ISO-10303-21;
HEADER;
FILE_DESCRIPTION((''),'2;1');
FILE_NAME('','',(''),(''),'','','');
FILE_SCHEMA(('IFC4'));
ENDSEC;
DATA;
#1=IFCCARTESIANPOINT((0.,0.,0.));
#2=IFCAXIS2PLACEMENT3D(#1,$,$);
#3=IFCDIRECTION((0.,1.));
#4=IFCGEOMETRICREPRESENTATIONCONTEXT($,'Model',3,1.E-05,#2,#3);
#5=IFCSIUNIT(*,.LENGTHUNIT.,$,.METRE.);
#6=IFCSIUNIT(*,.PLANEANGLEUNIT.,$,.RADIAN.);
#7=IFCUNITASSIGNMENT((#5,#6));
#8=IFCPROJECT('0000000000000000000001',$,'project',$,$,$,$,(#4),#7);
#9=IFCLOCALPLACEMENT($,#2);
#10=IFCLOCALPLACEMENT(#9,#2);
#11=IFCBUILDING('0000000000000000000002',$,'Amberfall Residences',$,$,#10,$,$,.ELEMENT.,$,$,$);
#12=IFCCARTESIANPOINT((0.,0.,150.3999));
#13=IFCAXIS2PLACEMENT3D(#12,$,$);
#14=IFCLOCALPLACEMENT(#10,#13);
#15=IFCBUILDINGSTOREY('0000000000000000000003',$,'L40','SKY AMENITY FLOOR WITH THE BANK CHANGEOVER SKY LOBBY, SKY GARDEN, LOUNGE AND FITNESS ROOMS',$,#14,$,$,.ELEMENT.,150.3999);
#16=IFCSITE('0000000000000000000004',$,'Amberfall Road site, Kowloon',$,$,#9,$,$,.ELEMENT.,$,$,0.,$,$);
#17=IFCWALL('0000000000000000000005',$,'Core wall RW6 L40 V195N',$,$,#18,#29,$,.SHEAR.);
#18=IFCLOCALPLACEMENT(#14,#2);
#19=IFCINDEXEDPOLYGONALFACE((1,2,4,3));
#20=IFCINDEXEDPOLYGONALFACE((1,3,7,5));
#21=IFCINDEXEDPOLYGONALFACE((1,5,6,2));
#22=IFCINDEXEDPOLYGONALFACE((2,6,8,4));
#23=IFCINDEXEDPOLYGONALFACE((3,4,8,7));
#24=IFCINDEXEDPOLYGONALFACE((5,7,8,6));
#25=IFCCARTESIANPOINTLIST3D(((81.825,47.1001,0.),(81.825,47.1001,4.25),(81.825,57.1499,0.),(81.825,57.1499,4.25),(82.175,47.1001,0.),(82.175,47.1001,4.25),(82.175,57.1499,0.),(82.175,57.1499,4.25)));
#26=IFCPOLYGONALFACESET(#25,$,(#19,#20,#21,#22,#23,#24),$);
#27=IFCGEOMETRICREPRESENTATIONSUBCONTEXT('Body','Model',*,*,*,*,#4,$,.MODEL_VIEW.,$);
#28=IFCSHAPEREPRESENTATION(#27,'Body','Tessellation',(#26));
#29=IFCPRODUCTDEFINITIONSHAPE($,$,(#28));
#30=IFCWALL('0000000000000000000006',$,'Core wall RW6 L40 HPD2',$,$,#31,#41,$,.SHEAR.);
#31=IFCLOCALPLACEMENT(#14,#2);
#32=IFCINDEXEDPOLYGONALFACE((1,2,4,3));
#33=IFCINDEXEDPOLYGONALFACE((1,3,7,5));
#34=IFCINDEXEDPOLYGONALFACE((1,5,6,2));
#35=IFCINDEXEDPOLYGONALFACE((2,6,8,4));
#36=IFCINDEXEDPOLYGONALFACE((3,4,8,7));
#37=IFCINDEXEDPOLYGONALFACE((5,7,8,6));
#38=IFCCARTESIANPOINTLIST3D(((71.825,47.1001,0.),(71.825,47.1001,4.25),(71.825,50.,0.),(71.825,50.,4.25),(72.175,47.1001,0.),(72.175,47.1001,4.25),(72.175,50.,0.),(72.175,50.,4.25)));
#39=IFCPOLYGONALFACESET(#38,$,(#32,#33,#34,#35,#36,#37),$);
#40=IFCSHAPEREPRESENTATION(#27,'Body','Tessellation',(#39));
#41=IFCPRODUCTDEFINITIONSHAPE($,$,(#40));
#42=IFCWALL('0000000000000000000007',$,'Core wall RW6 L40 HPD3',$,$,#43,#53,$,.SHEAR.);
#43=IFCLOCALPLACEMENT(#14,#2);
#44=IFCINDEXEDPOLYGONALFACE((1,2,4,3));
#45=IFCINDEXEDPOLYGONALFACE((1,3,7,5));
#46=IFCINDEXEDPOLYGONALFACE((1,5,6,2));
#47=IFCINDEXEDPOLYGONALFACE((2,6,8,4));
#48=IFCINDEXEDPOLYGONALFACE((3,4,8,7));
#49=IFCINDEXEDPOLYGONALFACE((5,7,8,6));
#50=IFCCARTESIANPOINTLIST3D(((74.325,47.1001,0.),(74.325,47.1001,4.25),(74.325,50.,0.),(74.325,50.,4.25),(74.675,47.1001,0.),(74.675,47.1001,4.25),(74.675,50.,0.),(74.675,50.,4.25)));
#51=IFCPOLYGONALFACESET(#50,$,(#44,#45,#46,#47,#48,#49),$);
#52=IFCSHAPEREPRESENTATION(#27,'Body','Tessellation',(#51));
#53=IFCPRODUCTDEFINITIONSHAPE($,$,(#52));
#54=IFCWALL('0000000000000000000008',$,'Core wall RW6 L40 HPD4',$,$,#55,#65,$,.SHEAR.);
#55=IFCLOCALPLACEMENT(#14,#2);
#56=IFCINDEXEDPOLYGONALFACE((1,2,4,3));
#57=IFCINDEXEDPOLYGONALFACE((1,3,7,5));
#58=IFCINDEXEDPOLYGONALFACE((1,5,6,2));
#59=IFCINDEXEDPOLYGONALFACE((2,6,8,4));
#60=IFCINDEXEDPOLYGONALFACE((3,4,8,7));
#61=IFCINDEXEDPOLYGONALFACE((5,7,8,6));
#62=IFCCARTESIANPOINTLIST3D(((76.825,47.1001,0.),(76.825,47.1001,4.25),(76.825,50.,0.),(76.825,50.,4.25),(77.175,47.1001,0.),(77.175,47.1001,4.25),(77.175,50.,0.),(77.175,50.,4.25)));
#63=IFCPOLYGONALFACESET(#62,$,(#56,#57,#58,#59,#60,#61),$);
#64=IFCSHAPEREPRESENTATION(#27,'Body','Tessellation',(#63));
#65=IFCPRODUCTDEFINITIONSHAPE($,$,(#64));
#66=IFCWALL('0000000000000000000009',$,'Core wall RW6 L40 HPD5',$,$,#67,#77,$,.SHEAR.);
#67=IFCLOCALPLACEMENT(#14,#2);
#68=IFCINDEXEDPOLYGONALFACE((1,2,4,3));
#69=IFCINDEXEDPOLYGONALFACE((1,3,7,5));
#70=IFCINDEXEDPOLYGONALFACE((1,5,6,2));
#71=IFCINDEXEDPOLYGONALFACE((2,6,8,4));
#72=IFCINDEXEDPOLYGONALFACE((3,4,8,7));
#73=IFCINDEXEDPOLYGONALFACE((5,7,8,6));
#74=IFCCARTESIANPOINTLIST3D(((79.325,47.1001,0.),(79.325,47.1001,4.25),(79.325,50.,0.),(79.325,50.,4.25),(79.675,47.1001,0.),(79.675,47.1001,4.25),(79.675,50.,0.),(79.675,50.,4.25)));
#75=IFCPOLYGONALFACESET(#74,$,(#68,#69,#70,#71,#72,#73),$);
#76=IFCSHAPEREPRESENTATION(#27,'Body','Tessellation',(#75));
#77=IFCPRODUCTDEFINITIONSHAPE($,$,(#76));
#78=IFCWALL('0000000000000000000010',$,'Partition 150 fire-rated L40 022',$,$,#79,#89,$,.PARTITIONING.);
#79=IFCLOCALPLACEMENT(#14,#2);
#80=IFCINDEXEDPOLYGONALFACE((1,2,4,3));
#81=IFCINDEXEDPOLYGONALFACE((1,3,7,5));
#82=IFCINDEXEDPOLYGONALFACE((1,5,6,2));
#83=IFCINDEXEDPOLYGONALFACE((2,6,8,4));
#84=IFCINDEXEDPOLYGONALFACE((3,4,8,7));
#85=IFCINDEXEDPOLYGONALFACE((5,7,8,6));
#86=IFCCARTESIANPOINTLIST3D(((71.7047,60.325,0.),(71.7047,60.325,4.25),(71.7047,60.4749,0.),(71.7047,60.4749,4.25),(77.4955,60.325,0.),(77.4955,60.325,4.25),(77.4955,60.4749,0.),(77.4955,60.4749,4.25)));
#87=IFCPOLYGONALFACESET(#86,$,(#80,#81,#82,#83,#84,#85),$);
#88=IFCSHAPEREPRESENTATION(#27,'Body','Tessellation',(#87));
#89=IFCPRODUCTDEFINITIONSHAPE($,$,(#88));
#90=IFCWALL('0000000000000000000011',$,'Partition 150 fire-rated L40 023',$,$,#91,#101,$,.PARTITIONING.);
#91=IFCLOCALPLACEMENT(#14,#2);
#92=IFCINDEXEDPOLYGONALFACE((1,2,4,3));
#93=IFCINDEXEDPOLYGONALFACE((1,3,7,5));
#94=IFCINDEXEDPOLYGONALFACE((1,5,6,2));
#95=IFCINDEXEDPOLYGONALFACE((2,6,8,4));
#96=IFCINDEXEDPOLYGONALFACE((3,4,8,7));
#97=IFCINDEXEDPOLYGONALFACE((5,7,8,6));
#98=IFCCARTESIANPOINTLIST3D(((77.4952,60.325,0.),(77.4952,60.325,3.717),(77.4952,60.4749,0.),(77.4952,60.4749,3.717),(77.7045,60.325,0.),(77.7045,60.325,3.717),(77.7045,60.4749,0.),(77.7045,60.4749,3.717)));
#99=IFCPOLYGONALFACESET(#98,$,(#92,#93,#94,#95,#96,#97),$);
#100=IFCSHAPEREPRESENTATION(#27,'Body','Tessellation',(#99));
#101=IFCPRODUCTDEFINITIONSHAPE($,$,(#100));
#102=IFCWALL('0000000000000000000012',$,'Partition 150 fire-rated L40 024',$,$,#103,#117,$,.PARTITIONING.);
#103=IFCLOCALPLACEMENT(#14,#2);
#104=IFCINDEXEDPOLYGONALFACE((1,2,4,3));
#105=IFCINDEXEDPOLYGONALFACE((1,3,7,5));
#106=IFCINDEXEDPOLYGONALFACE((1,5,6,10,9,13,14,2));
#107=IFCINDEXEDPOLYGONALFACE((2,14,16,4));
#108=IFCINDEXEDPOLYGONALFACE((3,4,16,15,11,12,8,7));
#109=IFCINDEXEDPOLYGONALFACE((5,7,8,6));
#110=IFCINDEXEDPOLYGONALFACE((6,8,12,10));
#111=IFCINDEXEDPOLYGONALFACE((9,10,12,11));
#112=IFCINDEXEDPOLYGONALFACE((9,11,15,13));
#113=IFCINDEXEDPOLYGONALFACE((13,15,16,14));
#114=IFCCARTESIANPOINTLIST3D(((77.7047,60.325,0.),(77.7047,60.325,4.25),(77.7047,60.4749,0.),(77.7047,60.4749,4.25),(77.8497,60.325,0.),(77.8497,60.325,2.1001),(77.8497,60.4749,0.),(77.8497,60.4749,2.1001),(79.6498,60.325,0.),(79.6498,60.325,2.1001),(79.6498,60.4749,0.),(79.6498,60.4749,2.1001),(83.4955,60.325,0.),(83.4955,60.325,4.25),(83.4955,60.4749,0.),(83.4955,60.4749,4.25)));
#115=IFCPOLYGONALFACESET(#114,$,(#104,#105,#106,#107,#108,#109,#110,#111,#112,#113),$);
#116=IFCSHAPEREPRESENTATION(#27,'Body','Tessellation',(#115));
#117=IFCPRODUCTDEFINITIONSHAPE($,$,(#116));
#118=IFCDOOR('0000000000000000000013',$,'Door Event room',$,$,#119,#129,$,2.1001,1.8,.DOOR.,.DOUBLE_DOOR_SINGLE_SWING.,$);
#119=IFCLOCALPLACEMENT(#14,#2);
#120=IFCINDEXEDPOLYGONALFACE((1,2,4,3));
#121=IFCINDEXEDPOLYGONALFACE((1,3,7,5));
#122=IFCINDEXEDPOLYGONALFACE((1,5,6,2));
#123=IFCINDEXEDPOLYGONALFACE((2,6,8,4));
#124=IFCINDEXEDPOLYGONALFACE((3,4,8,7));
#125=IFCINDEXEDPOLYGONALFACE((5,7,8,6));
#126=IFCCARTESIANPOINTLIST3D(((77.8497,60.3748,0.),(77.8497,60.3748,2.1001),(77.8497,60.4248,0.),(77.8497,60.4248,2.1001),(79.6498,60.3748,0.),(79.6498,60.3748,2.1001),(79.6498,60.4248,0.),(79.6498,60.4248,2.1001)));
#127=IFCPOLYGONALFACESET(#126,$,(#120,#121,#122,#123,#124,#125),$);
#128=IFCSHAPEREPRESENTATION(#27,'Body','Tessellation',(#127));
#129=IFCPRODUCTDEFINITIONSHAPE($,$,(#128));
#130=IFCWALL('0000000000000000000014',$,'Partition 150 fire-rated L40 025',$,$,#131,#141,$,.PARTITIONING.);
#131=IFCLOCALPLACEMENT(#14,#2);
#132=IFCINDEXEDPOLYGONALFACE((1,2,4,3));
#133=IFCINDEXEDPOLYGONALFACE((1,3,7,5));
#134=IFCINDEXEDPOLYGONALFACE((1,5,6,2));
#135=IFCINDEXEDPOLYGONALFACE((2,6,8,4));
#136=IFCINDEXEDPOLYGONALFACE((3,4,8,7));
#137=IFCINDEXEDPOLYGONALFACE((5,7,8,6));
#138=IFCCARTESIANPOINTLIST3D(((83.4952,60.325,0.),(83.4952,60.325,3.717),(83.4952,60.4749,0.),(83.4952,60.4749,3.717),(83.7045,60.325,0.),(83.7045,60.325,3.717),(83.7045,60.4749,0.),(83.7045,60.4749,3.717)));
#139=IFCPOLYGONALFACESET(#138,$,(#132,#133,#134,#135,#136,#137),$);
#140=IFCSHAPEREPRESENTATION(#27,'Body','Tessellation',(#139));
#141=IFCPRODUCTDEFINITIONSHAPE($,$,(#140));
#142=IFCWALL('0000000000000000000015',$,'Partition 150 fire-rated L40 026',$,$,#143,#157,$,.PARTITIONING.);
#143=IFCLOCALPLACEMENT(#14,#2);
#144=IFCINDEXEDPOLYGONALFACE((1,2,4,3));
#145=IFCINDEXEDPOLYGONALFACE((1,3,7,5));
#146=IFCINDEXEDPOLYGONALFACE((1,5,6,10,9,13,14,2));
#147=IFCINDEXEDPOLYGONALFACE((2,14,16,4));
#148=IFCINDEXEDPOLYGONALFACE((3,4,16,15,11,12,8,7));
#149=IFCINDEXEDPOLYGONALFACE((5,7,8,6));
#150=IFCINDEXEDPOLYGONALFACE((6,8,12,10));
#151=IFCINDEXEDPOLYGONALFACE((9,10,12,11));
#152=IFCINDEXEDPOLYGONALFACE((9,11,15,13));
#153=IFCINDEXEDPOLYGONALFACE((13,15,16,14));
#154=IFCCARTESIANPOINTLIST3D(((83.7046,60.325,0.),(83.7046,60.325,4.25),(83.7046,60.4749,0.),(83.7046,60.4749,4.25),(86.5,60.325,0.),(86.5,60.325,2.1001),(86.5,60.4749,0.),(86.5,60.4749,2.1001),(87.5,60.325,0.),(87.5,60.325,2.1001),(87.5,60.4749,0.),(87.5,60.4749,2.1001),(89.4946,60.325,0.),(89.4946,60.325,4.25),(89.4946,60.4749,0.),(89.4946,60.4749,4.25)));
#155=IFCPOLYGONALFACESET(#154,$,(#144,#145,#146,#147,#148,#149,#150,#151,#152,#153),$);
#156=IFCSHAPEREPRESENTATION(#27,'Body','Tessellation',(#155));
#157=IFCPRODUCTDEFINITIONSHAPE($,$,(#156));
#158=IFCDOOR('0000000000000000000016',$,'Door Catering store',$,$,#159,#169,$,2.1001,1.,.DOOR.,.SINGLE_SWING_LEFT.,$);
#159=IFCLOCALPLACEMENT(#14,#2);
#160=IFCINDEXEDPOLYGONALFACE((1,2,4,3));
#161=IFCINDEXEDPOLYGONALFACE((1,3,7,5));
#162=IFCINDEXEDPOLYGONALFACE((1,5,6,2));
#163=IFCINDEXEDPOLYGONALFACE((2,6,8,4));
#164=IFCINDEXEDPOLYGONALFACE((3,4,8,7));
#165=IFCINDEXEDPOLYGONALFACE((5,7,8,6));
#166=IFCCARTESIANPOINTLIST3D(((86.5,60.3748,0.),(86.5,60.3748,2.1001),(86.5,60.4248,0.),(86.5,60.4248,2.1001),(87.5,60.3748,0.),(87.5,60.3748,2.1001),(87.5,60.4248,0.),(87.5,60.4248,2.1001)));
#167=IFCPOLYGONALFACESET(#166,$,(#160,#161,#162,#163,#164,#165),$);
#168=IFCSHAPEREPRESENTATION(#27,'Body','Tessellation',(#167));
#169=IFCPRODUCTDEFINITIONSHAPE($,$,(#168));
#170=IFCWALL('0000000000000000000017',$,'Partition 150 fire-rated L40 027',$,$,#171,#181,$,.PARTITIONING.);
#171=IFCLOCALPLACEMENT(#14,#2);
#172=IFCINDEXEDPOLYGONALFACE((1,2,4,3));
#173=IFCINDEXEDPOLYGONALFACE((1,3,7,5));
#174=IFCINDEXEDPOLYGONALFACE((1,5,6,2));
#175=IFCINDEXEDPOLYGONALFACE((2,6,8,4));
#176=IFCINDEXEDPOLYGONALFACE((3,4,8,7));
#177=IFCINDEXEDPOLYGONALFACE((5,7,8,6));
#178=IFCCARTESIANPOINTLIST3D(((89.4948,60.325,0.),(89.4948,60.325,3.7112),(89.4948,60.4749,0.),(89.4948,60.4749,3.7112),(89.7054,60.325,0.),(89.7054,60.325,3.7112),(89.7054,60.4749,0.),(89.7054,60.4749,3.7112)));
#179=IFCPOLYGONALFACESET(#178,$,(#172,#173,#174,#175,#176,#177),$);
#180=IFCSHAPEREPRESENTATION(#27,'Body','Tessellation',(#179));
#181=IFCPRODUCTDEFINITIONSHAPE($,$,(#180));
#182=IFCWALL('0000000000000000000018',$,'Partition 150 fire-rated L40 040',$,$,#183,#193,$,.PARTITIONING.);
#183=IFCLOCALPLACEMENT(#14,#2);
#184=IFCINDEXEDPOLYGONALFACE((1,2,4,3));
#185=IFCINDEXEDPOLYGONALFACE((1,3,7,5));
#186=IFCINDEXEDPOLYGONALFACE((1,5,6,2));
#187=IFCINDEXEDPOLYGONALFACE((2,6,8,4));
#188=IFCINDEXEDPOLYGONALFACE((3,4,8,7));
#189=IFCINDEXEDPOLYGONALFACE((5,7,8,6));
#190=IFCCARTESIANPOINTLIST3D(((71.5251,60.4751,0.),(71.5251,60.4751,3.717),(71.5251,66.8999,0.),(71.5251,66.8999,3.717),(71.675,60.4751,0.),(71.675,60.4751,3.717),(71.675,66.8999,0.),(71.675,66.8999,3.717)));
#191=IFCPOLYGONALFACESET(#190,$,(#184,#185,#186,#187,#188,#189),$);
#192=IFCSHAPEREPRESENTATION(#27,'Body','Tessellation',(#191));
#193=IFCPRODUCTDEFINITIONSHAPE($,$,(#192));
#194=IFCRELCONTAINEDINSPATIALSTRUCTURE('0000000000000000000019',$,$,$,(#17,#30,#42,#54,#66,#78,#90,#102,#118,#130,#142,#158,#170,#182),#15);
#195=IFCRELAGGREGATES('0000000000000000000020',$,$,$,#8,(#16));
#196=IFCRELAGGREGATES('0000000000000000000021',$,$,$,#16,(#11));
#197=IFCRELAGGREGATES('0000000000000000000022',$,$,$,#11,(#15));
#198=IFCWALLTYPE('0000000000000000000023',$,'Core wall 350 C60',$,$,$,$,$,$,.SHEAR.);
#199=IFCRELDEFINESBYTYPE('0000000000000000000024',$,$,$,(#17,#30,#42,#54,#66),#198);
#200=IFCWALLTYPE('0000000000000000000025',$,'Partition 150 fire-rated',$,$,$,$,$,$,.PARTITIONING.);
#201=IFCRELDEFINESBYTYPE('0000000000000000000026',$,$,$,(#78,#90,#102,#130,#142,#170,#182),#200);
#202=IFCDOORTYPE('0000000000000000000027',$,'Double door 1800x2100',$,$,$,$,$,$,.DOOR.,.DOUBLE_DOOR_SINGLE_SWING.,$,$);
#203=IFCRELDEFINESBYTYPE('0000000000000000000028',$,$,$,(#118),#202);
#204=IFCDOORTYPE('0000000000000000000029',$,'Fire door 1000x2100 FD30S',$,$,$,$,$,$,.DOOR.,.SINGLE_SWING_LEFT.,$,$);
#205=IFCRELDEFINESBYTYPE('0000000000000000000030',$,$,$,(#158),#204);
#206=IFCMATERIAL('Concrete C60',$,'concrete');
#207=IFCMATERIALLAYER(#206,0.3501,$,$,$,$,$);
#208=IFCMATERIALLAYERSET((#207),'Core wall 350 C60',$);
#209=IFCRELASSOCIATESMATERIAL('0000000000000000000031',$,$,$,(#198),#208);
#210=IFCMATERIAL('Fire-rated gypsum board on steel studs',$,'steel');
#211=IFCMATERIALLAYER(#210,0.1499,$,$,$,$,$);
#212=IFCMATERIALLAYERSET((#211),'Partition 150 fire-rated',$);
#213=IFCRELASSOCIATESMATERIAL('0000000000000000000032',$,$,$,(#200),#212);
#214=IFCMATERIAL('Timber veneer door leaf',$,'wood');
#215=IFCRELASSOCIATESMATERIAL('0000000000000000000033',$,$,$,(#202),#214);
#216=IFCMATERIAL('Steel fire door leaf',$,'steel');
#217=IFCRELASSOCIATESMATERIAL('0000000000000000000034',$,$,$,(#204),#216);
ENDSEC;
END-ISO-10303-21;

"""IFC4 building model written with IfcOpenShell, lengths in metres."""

from ifc_helpers import new_model, si_unit, direction, frame, frame_2d, origin, place, context, subcontext, project, spatial, rectangle, extrude, material, layer, layer_set, type_object, element, fill, save


model = new_model("IFC4")

# Units and contexts
model_context = context("Model", 3, precision=1e-05, world=origin(), true_north=direction((0.0, 1.0)))
body_context = subcontext(model_context, "Body", "Model", "MODEL_VIEW")
ifc_project = project(units=[si_unit("LENGTHUNIT", "METRE"), si_unit("PLANEANGLEUNIT", "RADIAN")], contexts=[model_context])

# Site, building, storey
site_placement = place(None, origin())
site = spatial("IfcSite", under=ifc_project, at=site_placement, Name="Amberfall Road site, Kowloon", CompositionType="ELEMENT", RefElevation=0.0)
building_placement = place(site_placement, origin())
building = spatial("IfcBuilding", under=site, at=building_placement, Name="Amberfall Residences", CompositionType="ELEMENT")
storey_placement = place(building_placement, frame((0.0, 0.0, 150.3999)))
storey = spatial("IfcBuildingStorey", under=building, at=storey_placement, Name="L40", Description="SKY AMENITY FLOOR WITH THE BANK CHANGEOVER SKY LOBBY, SKY GARDEN, LOUNGE AND FITNESS ROOMS", CompositionType="ELEMENT", Elevation=150.3999)

# Walls
ifc_material_1 = material(Name="Concrete C60", Category="concrete")
ifc_layer_1 = layer(ifc_material_1, 0.3501)
ifc_layer_set_1 = layer_set([ifc_layer_1], Name="Core wall 350 C60")
wall_type_1 = type_object("IfcWallType", Name="Core wall 350 C60", PredefinedType="SHEAR", material=ifc_layer_set_1)
wall_1_placement = place(storey_placement, frame((82.0, 47.1001, 0.0), z_axis=(0.0, 0.0, 1.0), x_axis=(0.0, 1.0, 0.0)))
element("IfcWall", 1, at=wall_1_placement, inside=storey, type_object=wall_type_1, Name="Core wall RW6 L40 V195N", PredefinedType="SHEAR", context=body_context, shape_type="SweptSolid", body=[
    extrude(rectangle(XDim=10.0498, YDim=0.3501, at=frame_2d((5.0249, 0.0))), origin(), (0.0, 0.0, 1.0), 4.25),
])
for number, where, z_axis, x_axis, name in (
    (2, (72.0, 47.1001, 0.0), (0.0, 0.0, 1.0), (0.0, 1.0, 0.0), "Core wall RW6 L40 HPD2"),
    (3, (74.5, 47.1001, 0.0), (0.0, 0.0, 1.0), (0.0, 1.0, 0.0), "Core wall RW6 L40 HPD3"),
    (4, (77.0, 47.1001, 0.0), (0.0, 0.0, 1.0), (0.0, 1.0, 0.0), "Core wall RW6 L40 HPD4"),
    (5, (79.5, 47.1001, 0.0), (0.0, 0.0, 1.0), (0.0, 1.0, 0.0), "Core wall RW6 L40 HPD5"),
):
    element("IfcWall", number, at=place(storey_placement, frame(where, z_axis=z_axis, x_axis=x_axis)), inside=storey, type_object=wall_type_1, Name=name, PredefinedType="SHEAR", context=body_context, shape_type="SweptSolid", body=[
        extrude(rectangle(XDim=2.8999, YDim=0.3501, at=frame_2d((1.45, 0.0))), origin(), (0.0, 0.0, 1.0), 4.25),
    ])
ifc_material_2 = material(Name="Fire-rated gypsum board on steel studs", Category="steel")
ifc_layer_2 = layer(ifc_material_2, 0.1499)
ifc_layer_set_2 = layer_set([ifc_layer_2], Name="Partition 150 fire-rated")
wall_type_2 = type_object("IfcWallType", Name="Partition 150 fire-rated", PredefinedType="PARTITIONING", material=ifc_layer_set_2)
wall_2_placement = place(storey_placement, frame((71.7046, 60.3999, 0.0), z_axis=(0.0, 0.0, 1.0), x_axis=(1.0, 0.0, 0.0)))
element("IfcWall", 6, at=wall_2_placement, inside=storey, type_object=wall_type_2, Name="Partition 150 fire-rated L40 022", PredefinedType="PARTITIONING", context=body_context, shape_type="SweptSolid", body=[
    extrude(rectangle(XDim=5.7908, YDim=0.1499, at=frame_2d((2.8955, 0.0))), origin(), (0.0, 0.0, 1.0), 4.25),
])
wall_3_placement = place(storey_placement, frame((77.4954, 60.3999, 0.0), z_axis=(0.0, 0.0, 1.0), x_axis=(1.0, 0.0, 0.0)))
element("IfcWall", 7, at=wall_3_placement, inside=storey, type_object=wall_type_2, Name="Partition 150 fire-rated L40 023", PredefinedType="PARTITIONING", context=body_context, shape_type="SweptSolid", body=[
    extrude(rectangle(XDim=0.2092, YDim=0.1499, at=frame_2d((0.1045, 0.0))), origin(), (0.0, 0.0, 1.0), 3.717),
])

# Wall, opening, door
wall_4_placement = place(storey_placement, frame((77.7046, 60.3999, 0.0), z_axis=(0.0, 0.0, 1.0), x_axis=(1.0, 0.0, 0.0)))
wall_4 = element("IfcWall", 8, at=wall_4_placement, inside=storey, type_object=wall_type_2, Name="Partition 150 fire-rated L40 024", PredefinedType="PARTITIONING", context=body_context, shape_type="SweptSolid", body=[
    extrude(rectangle(XDim=5.7908, YDim=0.1499, at=frame_2d((2.8955, 0.0))), origin(), (0.0, 0.0, 1.0), 4.25),
])
opening_1_placement = place(wall_4_placement, frame((0.1453, 0.0, 0.0)))
opening_1 = element("IfcOpeningElement", 9, at=opening_1_placement, cuts=wall_4, PredefinedType="OPENING", context=body_context, shape_type="SweptSolid", body=[
    extrude(rectangle(XDim=1.8, YDim=2.1001, at=frame_2d((0.8999, 1.05))), frame((0.0, 0.085, 0.0), z_axis=(0.0, -1.0, 0.0), x_axis=(1.0, 0.0, 0.0)), (0.0, 0.0, 1.0), 0.1699),
])
ifc_material_3 = material(Name="Timber veneer door leaf", Category="wood")
door_type_1 = type_object("IfcDoorType", Name="Double door 1800x2100", OperationType="DOUBLE_DOOR_SINGLE_SWING", PredefinedType="DOOR", material=ifc_material_3)
door_1_placement = place(opening_1_placement, origin())
door_1 = element("IfcDoor", 10, at=door_1_placement, inside=storey, type_object=door_type_1, Name="Door Event room", OperationType="DOUBLE_DOOR_SINGLE_SWING", OverallHeight=2.1001, OverallWidth=1.8, PredefinedType="DOOR", context=body_context, shape_type="SweptSolid", body=[
    extrude(rectangle(XDim=1.8, YDim=2.1001, at=frame_2d((0.8999, 1.05))), frame((0.0, 0.0249, 0.0), z_axis=(0.0, -1.0, 0.0), x_axis=(1.0, 0.0, 0.0)), (0.0, 0.0, 1.0), 0.05),
])
fill(opening_1, door_1)

# Wall
wall_5_placement = place(storey_placement, frame((83.4954, 60.3999, 0.0), z_axis=(0.0, 0.0, 1.0), x_axis=(1.0, 0.0, 0.0)))
element("IfcWall", 11, at=wall_5_placement, inside=storey, type_object=wall_type_2, Name="Partition 150 fire-rated L40 025", PredefinedType="PARTITIONING", context=body_context, shape_type="SweptSolid", body=[
    extrude(rectangle(XDim=0.2092, YDim=0.1499, at=frame_2d((0.1045, 0.0))), origin(), (0.0, 0.0, 1.0), 3.717),
])

# Wall, opening, door
wall_6_placement = place(storey_placement, frame((83.7046, 60.3999, 0.0), z_axis=(0.0, 0.0, 1.0), x_axis=(1.0, 0.0, 0.0)))
wall_6 = element("IfcWall", 12, at=wall_6_placement, inside=storey, type_object=wall_type_2, Name="Partition 150 fire-rated L40 026", PredefinedType="PARTITIONING", context=body_context, shape_type="SweptSolid", body=[
    extrude(rectangle(XDim=5.79, YDim=0.1499, at=frame_2d((2.895, 0.0))), origin(), (0.0, 0.0, 1.0), 4.25),
])
opening_2_placement = place(wall_6_placement, frame((2.7954, 0.0, 0.0)))
opening_2 = element("IfcOpeningElement", 13, at=opening_2_placement, cuts=wall_6, PredefinedType="OPENING", context=body_context, shape_type="SweptSolid", body=[
    extrude(rectangle(XDim=1.0, YDim=2.1001, at=frame_2d((0.5, 1.05))), frame((0.0, 0.085, 0.0), z_axis=(0.0, -1.0, 0.0), x_axis=(1.0, 0.0, 0.0)), (0.0, 0.0, 1.0), 0.1699),
])
ifc_material_4 = material(Name="Steel fire door leaf", Category="steel")
door_type_2 = type_object("IfcDoorType", Name="Fire door 1000x2100 FD30S", OperationType="SINGLE_SWING_LEFT", PredefinedType="DOOR", material=ifc_material_4)
door_2_placement = place(opening_2_placement, origin())
door_2 = element("IfcDoor", 14, at=door_2_placement, inside=storey, type_object=door_type_2, Name="Door Catering store", OperationType="SINGLE_SWING_LEFT", OverallHeight=2.1001, OverallWidth=1.0, PredefinedType="DOOR", context=body_context, shape_type="SweptSolid", body=[
    extrude(rectangle(XDim=1.0, YDim=2.1001, at=frame_2d((0.5, 1.05))), frame((0.0, 0.0249, 0.0), z_axis=(0.0, -1.0, 0.0), x_axis=(1.0, 0.0, 0.0)), (0.0, 0.0, 1.0), 0.05),
])
fill(opening_2, door_2)

# Walls
wall_7_placement = place(storey_placement, frame((89.4946, 60.3999, 0.0), z_axis=(0.0, 0.0, 1.0), x_axis=(1.0, 0.0, 0.0)))
element("IfcWall", 15, at=wall_7_placement, inside=storey, type_object=wall_type_2, Name="Partition 150 fire-rated L40 027", PredefinedType="PARTITIONING", context=body_context, shape_type="SweptSolid", body=[
    extrude(rectangle(XDim=0.2107, YDim=0.1499, at=frame_2d((0.1055, 0.0))), origin(), (0.0, 0.0, 1.0), 3.7112),
])
wall_8_placement = place(storey_placement, frame((71.6001, 60.4751, 0.0), z_axis=(0.0, 0.0, 1.0), x_axis=(0.0, 1.0, 0.0)))
element("IfcWall", 16, at=wall_8_placement, inside=storey, type_object=wall_type_2, Name="Partition 150 fire-rated L40 040", PredefinedType="PARTITIONING", context=body_context, shape_type="SweptSolid", body=[
    extrude(rectangle(XDim=6.4248, YDim=0.1499, at=frame_2d((3.2124, 0.0))), origin(), (0.0, 0.0, 1.0), 3.717),
])

save(model, "model.ifc")
